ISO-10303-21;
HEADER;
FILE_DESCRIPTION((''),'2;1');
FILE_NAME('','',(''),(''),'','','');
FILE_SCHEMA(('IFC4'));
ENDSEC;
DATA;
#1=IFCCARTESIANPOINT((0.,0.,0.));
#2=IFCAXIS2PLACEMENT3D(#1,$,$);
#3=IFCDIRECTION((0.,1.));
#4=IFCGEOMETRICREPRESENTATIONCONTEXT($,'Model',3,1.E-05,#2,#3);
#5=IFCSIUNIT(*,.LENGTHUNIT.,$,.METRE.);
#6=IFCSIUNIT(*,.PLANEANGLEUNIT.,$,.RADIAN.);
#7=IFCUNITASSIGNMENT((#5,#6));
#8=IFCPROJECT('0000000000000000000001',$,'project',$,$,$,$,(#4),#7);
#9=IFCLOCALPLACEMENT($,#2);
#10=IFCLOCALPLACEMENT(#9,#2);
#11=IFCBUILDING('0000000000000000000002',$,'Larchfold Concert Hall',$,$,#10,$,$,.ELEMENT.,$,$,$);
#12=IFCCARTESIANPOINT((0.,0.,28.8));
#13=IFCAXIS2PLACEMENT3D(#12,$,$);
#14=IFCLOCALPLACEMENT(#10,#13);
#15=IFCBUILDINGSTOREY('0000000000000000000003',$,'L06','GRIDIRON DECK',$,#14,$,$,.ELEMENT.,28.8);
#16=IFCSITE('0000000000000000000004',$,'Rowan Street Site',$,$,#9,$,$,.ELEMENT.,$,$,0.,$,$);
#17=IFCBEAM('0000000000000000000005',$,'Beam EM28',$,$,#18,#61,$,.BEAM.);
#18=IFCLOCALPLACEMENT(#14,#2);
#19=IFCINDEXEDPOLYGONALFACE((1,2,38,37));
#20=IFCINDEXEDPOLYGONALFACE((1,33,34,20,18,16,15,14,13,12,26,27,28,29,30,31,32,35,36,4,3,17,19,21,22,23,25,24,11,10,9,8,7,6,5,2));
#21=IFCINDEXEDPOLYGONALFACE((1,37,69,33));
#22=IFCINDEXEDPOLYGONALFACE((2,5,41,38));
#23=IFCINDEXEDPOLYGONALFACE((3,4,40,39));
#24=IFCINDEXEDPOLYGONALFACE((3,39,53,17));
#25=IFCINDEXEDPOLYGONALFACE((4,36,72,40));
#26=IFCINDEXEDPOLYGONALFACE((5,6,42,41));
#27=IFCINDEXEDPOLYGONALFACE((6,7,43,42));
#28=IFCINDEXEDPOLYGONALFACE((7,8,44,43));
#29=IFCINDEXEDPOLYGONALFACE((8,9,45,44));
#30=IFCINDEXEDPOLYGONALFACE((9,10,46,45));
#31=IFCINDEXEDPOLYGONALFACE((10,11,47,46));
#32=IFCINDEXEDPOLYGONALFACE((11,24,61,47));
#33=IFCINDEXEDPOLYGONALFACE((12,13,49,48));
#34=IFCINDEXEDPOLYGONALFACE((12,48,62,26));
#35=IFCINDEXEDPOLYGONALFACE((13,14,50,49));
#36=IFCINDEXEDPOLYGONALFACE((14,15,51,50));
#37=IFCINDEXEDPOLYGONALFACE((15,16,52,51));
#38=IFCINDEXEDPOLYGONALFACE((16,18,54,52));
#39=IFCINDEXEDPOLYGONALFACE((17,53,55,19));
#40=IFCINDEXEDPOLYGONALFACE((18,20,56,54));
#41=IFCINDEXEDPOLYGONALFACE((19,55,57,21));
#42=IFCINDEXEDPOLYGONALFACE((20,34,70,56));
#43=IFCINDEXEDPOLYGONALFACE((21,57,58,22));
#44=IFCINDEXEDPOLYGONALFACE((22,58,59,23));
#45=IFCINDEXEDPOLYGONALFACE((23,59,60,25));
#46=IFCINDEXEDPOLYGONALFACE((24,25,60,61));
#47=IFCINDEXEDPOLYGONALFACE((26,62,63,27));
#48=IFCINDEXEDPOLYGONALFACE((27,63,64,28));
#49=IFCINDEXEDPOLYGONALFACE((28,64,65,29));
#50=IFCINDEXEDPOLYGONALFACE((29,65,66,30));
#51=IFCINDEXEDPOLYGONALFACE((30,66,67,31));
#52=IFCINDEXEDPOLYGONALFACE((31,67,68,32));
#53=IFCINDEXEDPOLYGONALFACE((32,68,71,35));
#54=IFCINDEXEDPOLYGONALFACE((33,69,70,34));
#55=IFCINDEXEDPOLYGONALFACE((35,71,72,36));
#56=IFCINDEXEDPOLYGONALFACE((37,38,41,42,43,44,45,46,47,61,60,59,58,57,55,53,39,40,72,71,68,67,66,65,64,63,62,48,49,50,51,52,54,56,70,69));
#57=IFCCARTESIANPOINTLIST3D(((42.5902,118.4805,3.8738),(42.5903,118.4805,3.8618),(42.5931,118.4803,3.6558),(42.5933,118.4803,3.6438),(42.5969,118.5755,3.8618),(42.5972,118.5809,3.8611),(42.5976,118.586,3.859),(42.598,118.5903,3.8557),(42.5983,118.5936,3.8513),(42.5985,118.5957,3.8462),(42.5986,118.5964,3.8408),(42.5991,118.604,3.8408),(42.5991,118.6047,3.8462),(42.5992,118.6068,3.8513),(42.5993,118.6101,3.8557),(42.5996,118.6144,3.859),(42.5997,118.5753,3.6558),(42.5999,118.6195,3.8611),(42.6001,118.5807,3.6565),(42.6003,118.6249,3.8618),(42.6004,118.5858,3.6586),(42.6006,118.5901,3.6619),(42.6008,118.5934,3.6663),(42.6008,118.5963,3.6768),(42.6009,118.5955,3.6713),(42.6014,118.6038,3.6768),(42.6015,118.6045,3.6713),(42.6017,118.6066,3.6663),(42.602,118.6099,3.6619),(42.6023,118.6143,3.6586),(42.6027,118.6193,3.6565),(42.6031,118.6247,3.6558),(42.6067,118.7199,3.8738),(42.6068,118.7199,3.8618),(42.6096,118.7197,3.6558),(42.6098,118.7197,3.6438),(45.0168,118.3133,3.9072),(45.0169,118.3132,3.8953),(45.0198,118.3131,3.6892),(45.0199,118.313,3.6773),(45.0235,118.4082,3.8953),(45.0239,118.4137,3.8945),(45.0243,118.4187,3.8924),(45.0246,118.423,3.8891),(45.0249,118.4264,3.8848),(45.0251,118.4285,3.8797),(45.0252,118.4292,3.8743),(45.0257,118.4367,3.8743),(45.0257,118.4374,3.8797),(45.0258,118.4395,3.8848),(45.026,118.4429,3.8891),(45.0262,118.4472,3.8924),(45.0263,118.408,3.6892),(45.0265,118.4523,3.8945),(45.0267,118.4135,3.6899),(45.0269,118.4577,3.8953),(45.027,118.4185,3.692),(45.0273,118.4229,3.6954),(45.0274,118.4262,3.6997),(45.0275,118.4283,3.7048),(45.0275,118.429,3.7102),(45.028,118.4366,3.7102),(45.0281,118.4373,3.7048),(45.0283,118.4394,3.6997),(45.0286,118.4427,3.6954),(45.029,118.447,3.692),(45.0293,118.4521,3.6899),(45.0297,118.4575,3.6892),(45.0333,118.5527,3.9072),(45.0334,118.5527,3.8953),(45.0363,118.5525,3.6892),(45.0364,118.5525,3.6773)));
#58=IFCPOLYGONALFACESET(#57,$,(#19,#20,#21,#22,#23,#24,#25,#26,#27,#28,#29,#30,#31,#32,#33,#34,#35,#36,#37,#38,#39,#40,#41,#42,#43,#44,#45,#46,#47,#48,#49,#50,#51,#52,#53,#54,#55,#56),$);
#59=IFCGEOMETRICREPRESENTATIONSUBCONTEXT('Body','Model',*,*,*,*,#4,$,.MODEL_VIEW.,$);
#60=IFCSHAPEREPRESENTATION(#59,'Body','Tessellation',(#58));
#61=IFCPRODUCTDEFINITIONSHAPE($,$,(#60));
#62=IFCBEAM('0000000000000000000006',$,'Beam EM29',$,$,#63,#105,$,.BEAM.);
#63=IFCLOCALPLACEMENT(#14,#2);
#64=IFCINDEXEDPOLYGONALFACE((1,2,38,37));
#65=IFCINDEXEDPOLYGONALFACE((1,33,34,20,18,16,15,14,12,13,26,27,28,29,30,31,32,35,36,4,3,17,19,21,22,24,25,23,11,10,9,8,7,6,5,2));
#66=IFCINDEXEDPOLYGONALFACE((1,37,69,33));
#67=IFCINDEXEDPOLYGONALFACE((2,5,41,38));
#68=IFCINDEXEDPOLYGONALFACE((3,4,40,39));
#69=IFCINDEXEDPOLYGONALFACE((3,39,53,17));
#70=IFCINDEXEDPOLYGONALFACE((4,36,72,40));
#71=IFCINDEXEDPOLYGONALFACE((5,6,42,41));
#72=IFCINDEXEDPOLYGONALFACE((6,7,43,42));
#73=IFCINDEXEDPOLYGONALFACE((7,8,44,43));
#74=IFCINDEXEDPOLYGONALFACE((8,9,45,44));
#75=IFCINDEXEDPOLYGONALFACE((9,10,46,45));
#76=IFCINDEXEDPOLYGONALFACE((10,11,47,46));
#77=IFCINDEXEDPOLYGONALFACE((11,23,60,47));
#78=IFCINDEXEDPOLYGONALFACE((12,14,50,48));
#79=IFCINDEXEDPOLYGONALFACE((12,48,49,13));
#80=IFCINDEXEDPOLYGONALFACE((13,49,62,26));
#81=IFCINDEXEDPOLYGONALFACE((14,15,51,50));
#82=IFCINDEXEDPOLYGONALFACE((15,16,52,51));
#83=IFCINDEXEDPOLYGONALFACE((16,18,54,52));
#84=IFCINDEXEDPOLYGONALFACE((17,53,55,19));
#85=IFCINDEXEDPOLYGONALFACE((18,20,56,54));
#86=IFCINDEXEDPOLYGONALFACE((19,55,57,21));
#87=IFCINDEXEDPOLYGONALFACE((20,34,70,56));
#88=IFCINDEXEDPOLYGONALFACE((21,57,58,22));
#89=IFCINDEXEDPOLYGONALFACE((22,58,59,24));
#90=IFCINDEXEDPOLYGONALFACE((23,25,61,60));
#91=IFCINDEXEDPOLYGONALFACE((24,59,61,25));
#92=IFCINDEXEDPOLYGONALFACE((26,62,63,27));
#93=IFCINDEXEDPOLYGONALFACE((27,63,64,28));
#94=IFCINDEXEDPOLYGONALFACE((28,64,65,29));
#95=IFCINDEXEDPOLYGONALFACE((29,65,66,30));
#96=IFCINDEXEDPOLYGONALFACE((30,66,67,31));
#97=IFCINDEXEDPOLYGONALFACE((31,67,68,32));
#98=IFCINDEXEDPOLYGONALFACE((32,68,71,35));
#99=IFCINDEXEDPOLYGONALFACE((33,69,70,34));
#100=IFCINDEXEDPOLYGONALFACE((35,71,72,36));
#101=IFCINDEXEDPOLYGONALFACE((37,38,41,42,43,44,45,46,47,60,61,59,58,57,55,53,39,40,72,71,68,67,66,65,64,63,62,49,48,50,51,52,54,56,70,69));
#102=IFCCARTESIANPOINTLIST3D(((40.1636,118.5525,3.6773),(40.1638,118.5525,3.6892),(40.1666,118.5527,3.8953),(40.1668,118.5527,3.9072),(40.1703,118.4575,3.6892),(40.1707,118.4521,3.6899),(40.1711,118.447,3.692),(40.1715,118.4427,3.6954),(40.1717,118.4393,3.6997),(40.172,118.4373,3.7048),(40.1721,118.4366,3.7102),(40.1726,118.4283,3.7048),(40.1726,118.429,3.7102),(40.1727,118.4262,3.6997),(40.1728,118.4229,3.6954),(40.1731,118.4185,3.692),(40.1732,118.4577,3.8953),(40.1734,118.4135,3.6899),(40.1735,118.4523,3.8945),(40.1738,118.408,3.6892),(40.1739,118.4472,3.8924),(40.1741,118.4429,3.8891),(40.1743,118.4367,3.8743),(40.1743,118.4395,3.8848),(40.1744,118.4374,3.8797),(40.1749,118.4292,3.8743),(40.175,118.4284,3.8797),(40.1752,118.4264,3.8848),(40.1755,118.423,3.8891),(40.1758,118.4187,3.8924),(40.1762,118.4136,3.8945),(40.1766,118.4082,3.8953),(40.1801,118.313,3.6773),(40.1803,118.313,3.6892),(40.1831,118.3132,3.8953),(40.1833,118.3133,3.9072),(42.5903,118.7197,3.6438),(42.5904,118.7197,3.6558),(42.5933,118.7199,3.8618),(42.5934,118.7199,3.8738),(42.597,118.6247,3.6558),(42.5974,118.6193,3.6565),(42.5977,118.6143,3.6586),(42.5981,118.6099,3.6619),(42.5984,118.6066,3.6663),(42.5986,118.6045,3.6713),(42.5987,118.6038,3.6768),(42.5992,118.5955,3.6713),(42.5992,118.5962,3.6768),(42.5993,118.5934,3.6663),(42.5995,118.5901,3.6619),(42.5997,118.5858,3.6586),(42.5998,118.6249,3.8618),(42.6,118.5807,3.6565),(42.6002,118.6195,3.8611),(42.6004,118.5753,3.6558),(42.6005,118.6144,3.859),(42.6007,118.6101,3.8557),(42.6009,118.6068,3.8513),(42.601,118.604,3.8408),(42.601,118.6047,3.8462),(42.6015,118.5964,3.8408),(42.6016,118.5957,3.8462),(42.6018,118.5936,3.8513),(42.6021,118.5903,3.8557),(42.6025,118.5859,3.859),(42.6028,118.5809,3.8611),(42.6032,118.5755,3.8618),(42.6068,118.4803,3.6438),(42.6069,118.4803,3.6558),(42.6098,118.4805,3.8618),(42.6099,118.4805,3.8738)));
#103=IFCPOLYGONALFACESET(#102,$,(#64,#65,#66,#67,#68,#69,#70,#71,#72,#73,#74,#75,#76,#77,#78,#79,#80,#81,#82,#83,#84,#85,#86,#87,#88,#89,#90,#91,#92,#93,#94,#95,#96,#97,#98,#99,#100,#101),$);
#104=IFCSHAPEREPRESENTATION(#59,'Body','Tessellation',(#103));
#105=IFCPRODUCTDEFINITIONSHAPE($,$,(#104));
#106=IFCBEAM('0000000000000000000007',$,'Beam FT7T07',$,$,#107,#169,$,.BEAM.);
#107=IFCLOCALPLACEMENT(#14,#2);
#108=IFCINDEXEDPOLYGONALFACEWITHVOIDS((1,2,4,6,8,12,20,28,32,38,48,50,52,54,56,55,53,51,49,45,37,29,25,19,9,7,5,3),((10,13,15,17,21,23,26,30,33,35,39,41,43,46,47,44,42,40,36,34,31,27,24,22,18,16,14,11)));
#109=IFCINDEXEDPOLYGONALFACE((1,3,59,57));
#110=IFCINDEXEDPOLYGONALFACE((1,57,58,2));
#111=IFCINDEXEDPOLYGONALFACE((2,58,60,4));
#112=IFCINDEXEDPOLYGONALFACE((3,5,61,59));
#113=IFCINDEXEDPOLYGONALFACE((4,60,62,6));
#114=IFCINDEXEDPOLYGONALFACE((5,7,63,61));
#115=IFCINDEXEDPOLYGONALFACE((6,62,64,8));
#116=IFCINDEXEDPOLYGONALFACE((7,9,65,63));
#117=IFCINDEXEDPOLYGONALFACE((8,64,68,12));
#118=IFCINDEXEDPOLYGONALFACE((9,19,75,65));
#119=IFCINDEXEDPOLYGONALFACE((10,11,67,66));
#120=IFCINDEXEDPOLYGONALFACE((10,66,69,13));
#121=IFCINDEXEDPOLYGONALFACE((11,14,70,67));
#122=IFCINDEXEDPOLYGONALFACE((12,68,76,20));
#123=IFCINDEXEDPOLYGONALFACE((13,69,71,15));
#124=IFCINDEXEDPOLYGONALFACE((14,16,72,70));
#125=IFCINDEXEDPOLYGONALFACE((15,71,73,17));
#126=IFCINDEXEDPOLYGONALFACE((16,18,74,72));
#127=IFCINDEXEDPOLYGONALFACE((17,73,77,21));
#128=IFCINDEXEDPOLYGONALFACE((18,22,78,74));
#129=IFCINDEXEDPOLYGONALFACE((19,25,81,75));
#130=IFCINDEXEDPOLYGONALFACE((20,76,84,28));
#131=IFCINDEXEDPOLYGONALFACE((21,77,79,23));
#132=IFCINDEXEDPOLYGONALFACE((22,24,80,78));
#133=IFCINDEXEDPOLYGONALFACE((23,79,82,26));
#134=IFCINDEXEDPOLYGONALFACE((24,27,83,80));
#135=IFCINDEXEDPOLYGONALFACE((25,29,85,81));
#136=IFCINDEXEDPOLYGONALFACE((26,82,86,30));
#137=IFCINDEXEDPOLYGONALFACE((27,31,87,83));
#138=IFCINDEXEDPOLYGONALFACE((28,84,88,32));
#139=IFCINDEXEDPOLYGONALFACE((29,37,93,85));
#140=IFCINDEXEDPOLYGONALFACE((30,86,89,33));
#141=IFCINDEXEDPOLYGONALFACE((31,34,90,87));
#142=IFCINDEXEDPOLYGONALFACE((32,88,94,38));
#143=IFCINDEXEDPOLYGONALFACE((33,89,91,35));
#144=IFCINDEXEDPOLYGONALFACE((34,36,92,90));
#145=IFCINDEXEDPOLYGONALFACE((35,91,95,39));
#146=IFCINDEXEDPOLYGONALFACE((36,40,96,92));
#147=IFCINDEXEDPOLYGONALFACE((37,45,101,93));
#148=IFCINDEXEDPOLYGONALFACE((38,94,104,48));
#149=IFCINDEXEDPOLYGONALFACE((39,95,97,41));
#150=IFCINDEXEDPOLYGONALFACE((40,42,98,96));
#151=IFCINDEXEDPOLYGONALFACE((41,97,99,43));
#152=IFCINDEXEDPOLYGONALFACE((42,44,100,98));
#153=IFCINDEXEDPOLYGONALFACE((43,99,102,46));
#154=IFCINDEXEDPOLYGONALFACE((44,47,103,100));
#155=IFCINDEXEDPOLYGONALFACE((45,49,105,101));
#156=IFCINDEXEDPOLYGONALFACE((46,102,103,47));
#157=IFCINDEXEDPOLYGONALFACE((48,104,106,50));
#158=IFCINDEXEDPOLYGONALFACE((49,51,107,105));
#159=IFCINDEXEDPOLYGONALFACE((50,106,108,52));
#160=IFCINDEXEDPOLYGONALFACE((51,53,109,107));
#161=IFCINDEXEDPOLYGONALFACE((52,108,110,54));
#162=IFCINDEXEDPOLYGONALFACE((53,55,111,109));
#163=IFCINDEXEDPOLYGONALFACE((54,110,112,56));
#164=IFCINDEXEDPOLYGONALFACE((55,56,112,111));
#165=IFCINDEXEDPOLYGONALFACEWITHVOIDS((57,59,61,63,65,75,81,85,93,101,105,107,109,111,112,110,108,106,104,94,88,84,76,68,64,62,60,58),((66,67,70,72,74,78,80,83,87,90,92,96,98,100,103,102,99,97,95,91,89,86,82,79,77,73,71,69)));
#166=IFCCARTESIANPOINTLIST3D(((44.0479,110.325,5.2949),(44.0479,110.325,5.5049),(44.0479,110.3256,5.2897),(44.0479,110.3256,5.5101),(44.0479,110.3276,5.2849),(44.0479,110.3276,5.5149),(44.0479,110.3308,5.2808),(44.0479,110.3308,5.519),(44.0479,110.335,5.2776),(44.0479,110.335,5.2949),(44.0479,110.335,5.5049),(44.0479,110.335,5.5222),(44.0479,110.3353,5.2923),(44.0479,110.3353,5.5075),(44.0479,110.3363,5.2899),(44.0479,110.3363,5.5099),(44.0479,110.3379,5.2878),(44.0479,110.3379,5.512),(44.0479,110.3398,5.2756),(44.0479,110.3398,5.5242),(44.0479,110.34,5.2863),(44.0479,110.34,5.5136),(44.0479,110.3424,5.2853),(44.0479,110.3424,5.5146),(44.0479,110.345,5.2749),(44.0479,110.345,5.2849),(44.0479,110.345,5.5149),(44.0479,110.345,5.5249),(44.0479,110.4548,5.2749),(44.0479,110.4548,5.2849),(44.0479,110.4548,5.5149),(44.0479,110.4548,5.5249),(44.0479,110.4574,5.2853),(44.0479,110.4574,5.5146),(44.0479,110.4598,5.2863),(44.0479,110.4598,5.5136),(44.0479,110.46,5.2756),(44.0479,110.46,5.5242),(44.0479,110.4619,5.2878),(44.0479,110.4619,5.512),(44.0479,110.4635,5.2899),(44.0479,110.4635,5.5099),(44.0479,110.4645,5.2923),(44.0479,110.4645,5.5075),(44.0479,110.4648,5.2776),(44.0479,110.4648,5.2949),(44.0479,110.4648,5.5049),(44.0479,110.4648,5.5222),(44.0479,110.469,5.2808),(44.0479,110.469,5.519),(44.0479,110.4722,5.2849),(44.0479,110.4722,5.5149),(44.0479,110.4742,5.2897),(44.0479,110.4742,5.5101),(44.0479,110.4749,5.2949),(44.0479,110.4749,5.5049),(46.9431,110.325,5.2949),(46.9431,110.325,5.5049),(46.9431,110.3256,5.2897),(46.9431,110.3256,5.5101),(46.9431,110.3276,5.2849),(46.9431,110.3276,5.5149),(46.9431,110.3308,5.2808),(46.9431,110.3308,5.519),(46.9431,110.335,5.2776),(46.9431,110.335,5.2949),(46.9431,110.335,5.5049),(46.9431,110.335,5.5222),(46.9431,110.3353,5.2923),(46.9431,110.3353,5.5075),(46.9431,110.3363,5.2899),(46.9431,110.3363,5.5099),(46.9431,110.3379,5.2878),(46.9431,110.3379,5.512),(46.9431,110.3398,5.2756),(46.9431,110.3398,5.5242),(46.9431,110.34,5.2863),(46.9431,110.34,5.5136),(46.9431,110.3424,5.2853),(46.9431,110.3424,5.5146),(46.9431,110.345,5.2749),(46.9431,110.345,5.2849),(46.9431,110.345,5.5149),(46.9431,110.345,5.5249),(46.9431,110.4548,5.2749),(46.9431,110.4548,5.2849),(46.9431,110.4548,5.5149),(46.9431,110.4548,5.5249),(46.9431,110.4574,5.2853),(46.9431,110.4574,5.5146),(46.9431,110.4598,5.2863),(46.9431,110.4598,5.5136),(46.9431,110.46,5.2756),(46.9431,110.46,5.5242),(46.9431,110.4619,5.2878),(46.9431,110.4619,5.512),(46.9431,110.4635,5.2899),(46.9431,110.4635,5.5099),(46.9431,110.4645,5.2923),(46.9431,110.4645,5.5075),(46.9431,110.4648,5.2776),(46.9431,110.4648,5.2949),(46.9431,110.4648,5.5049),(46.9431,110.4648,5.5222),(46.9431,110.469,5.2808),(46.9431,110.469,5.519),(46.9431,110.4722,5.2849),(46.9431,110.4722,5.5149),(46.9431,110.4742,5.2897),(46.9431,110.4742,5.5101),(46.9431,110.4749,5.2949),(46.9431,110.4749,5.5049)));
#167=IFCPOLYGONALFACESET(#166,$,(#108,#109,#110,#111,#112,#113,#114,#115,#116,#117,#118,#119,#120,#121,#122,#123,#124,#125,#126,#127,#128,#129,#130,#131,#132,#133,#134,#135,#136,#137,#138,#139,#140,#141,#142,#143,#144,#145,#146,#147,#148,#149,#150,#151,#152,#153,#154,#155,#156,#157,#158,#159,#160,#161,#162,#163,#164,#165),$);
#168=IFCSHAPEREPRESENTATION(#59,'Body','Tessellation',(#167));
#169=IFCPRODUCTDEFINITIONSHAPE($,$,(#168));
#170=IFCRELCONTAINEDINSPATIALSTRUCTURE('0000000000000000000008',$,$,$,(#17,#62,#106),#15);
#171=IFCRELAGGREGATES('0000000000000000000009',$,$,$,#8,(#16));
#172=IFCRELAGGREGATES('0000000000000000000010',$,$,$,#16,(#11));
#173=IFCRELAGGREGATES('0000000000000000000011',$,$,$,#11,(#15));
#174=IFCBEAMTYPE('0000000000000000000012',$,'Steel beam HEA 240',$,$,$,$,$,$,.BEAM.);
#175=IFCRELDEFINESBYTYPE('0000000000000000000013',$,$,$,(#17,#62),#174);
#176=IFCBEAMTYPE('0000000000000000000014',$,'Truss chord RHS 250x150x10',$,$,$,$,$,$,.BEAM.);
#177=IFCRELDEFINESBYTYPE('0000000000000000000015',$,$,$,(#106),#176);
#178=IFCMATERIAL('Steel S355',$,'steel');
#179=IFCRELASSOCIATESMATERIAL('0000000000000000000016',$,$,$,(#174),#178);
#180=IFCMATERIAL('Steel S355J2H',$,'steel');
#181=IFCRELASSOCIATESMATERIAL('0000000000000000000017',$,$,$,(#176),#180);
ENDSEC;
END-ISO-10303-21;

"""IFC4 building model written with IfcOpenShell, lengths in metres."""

from ifc_helpers import new_model, si_unit, direction, frame, origin, origin_2d, place, context, subcontext, project, spatial, hollow_rectangle, i_section, extrude, material, material_profile, profile_set, type_object, element, save


model = new_model("IFC4")

# Units and contexts
model_context = context("Model", 3, precision=1e-05, world=origin(), true_north=direction((0.0, 1.0)))
body_context = subcontext(model_context, "Body", "Model", "MODEL_VIEW")
ifc_project = project(units=[si_unit("LENGTHUNIT", "METRE"), si_unit("PLANEANGLEUNIT", "RADIAN")], contexts=[model_context])

# Site, building, storey
site_placement = place(None, origin())
site = spatial("IfcSite", under=ifc_project, at=site_placement, Name="Rowan Street Site", CompositionType="ELEMENT", RefElevation=0.0)
building_placement = place(site_placement, origin())
building = spatial("IfcBuilding", under=site, at=building_placement, Name="Larchfold Concert Hall", CompositionType="ELEMENT")
storey_placement = place(building_placement, frame((0.0, 0.0, 28.8)))
storey = spatial("IfcBuildingStorey", under=building, at=storey_placement, Name="L06", Description="GRIDIRON DECK", CompositionType="ELEMENT", Elevation=28.8)

# Beams
ifc_material_1 = material(Name="Steel S355", Category="steel")
ifc_material_profile_1 = material_profile(ifc_material_1, i_section(OverallWidth=0.24, OverallDepth=0.23, WebThickness=0.0076, FlangeThickness=0.012, FilletRadius=0.021, at=origin_2d()))
ifc_profile_set_1 = profile_set([ifc_material_profile_1], Name="Steel S355")
beam_type_1 = type_object("IfcBeamType", Name="Steel beam HEA 240", PredefinedType="BEAM", material=ifc_profile_set_1)
for number, where, z_axis, x_axis, name in (
    (1, (45.0266, 118.4329, 3.7922), (-0.997539, 0.068751, -0.01375), (-0.068757, -0.997633, 0.0), "Beam EM28"),
    (2, (42.6001, 118.6001, 3.7588), (-0.997539, -0.068751, 0.01375), (0.068757, -0.997633, 0.0), "Beam EM29"),
):
    element("IfcBeam", number, at=place(storey_placement, frame(where, z_axis=z_axis, x_axis=x_axis)), inside=storey, type_object=beam_type_1, Name=name, PredefinedType="BEAM", context=body_context, shape_type="SweptSolid", body=[
        extrude(i_section(OverallWidth=0.24, OverallDepth=0.23, WebThickness=0.0076, FlangeThickness=0.012, FilletRadius=0.021, at=origin_2d()), origin(), (0.0, 0.0, 1.0), 2.4326),
    ])
ifc_material_2 = material(Name="Steel S355J2H", Category="steel")
ifc_material_profile_2 = material_profile(ifc_material_2, hollow_rectangle(XDim=0.1499, YDim=0.25, WallThickness=0.01, InnerFilletRadius=0.01, OuterFilletRadius=0.02, at=origin_2d()))
ifc_profile_set_2 = profile_set([ifc_material_profile_2], Name="Steel S355J2H")
beam_type_2 = type_object("IfcBeamType", Name="Truss chord RHS 250x150x10", PredefinedType="BEAM", material=ifc_profile_set_2)
beam_1_placement = place(storey_placement, frame((44.0479, 110.3999, 5.3999), z_axis=(1.0, 0.0, 0.0), x_axis=(0.0, 1.0, 0.0)))
element("IfcBeam", 3, at=beam_1_placement, inside=storey, type_object=beam_type_2, Name="Beam FT7T07", PredefinedType="BEAM", context=body_context, shape_type="SweptSolid", body=[
    extrude(hollow_rectangle(XDim=0.1499, YDim=0.25, WallThickness=0.01, InnerFilletRadius=0.01, OuterFilletRadius=0.02, at=origin_2d()), origin(), (0.0, 0.0, 1.0), 2.8953),
])

save(model, "model.ifc")
